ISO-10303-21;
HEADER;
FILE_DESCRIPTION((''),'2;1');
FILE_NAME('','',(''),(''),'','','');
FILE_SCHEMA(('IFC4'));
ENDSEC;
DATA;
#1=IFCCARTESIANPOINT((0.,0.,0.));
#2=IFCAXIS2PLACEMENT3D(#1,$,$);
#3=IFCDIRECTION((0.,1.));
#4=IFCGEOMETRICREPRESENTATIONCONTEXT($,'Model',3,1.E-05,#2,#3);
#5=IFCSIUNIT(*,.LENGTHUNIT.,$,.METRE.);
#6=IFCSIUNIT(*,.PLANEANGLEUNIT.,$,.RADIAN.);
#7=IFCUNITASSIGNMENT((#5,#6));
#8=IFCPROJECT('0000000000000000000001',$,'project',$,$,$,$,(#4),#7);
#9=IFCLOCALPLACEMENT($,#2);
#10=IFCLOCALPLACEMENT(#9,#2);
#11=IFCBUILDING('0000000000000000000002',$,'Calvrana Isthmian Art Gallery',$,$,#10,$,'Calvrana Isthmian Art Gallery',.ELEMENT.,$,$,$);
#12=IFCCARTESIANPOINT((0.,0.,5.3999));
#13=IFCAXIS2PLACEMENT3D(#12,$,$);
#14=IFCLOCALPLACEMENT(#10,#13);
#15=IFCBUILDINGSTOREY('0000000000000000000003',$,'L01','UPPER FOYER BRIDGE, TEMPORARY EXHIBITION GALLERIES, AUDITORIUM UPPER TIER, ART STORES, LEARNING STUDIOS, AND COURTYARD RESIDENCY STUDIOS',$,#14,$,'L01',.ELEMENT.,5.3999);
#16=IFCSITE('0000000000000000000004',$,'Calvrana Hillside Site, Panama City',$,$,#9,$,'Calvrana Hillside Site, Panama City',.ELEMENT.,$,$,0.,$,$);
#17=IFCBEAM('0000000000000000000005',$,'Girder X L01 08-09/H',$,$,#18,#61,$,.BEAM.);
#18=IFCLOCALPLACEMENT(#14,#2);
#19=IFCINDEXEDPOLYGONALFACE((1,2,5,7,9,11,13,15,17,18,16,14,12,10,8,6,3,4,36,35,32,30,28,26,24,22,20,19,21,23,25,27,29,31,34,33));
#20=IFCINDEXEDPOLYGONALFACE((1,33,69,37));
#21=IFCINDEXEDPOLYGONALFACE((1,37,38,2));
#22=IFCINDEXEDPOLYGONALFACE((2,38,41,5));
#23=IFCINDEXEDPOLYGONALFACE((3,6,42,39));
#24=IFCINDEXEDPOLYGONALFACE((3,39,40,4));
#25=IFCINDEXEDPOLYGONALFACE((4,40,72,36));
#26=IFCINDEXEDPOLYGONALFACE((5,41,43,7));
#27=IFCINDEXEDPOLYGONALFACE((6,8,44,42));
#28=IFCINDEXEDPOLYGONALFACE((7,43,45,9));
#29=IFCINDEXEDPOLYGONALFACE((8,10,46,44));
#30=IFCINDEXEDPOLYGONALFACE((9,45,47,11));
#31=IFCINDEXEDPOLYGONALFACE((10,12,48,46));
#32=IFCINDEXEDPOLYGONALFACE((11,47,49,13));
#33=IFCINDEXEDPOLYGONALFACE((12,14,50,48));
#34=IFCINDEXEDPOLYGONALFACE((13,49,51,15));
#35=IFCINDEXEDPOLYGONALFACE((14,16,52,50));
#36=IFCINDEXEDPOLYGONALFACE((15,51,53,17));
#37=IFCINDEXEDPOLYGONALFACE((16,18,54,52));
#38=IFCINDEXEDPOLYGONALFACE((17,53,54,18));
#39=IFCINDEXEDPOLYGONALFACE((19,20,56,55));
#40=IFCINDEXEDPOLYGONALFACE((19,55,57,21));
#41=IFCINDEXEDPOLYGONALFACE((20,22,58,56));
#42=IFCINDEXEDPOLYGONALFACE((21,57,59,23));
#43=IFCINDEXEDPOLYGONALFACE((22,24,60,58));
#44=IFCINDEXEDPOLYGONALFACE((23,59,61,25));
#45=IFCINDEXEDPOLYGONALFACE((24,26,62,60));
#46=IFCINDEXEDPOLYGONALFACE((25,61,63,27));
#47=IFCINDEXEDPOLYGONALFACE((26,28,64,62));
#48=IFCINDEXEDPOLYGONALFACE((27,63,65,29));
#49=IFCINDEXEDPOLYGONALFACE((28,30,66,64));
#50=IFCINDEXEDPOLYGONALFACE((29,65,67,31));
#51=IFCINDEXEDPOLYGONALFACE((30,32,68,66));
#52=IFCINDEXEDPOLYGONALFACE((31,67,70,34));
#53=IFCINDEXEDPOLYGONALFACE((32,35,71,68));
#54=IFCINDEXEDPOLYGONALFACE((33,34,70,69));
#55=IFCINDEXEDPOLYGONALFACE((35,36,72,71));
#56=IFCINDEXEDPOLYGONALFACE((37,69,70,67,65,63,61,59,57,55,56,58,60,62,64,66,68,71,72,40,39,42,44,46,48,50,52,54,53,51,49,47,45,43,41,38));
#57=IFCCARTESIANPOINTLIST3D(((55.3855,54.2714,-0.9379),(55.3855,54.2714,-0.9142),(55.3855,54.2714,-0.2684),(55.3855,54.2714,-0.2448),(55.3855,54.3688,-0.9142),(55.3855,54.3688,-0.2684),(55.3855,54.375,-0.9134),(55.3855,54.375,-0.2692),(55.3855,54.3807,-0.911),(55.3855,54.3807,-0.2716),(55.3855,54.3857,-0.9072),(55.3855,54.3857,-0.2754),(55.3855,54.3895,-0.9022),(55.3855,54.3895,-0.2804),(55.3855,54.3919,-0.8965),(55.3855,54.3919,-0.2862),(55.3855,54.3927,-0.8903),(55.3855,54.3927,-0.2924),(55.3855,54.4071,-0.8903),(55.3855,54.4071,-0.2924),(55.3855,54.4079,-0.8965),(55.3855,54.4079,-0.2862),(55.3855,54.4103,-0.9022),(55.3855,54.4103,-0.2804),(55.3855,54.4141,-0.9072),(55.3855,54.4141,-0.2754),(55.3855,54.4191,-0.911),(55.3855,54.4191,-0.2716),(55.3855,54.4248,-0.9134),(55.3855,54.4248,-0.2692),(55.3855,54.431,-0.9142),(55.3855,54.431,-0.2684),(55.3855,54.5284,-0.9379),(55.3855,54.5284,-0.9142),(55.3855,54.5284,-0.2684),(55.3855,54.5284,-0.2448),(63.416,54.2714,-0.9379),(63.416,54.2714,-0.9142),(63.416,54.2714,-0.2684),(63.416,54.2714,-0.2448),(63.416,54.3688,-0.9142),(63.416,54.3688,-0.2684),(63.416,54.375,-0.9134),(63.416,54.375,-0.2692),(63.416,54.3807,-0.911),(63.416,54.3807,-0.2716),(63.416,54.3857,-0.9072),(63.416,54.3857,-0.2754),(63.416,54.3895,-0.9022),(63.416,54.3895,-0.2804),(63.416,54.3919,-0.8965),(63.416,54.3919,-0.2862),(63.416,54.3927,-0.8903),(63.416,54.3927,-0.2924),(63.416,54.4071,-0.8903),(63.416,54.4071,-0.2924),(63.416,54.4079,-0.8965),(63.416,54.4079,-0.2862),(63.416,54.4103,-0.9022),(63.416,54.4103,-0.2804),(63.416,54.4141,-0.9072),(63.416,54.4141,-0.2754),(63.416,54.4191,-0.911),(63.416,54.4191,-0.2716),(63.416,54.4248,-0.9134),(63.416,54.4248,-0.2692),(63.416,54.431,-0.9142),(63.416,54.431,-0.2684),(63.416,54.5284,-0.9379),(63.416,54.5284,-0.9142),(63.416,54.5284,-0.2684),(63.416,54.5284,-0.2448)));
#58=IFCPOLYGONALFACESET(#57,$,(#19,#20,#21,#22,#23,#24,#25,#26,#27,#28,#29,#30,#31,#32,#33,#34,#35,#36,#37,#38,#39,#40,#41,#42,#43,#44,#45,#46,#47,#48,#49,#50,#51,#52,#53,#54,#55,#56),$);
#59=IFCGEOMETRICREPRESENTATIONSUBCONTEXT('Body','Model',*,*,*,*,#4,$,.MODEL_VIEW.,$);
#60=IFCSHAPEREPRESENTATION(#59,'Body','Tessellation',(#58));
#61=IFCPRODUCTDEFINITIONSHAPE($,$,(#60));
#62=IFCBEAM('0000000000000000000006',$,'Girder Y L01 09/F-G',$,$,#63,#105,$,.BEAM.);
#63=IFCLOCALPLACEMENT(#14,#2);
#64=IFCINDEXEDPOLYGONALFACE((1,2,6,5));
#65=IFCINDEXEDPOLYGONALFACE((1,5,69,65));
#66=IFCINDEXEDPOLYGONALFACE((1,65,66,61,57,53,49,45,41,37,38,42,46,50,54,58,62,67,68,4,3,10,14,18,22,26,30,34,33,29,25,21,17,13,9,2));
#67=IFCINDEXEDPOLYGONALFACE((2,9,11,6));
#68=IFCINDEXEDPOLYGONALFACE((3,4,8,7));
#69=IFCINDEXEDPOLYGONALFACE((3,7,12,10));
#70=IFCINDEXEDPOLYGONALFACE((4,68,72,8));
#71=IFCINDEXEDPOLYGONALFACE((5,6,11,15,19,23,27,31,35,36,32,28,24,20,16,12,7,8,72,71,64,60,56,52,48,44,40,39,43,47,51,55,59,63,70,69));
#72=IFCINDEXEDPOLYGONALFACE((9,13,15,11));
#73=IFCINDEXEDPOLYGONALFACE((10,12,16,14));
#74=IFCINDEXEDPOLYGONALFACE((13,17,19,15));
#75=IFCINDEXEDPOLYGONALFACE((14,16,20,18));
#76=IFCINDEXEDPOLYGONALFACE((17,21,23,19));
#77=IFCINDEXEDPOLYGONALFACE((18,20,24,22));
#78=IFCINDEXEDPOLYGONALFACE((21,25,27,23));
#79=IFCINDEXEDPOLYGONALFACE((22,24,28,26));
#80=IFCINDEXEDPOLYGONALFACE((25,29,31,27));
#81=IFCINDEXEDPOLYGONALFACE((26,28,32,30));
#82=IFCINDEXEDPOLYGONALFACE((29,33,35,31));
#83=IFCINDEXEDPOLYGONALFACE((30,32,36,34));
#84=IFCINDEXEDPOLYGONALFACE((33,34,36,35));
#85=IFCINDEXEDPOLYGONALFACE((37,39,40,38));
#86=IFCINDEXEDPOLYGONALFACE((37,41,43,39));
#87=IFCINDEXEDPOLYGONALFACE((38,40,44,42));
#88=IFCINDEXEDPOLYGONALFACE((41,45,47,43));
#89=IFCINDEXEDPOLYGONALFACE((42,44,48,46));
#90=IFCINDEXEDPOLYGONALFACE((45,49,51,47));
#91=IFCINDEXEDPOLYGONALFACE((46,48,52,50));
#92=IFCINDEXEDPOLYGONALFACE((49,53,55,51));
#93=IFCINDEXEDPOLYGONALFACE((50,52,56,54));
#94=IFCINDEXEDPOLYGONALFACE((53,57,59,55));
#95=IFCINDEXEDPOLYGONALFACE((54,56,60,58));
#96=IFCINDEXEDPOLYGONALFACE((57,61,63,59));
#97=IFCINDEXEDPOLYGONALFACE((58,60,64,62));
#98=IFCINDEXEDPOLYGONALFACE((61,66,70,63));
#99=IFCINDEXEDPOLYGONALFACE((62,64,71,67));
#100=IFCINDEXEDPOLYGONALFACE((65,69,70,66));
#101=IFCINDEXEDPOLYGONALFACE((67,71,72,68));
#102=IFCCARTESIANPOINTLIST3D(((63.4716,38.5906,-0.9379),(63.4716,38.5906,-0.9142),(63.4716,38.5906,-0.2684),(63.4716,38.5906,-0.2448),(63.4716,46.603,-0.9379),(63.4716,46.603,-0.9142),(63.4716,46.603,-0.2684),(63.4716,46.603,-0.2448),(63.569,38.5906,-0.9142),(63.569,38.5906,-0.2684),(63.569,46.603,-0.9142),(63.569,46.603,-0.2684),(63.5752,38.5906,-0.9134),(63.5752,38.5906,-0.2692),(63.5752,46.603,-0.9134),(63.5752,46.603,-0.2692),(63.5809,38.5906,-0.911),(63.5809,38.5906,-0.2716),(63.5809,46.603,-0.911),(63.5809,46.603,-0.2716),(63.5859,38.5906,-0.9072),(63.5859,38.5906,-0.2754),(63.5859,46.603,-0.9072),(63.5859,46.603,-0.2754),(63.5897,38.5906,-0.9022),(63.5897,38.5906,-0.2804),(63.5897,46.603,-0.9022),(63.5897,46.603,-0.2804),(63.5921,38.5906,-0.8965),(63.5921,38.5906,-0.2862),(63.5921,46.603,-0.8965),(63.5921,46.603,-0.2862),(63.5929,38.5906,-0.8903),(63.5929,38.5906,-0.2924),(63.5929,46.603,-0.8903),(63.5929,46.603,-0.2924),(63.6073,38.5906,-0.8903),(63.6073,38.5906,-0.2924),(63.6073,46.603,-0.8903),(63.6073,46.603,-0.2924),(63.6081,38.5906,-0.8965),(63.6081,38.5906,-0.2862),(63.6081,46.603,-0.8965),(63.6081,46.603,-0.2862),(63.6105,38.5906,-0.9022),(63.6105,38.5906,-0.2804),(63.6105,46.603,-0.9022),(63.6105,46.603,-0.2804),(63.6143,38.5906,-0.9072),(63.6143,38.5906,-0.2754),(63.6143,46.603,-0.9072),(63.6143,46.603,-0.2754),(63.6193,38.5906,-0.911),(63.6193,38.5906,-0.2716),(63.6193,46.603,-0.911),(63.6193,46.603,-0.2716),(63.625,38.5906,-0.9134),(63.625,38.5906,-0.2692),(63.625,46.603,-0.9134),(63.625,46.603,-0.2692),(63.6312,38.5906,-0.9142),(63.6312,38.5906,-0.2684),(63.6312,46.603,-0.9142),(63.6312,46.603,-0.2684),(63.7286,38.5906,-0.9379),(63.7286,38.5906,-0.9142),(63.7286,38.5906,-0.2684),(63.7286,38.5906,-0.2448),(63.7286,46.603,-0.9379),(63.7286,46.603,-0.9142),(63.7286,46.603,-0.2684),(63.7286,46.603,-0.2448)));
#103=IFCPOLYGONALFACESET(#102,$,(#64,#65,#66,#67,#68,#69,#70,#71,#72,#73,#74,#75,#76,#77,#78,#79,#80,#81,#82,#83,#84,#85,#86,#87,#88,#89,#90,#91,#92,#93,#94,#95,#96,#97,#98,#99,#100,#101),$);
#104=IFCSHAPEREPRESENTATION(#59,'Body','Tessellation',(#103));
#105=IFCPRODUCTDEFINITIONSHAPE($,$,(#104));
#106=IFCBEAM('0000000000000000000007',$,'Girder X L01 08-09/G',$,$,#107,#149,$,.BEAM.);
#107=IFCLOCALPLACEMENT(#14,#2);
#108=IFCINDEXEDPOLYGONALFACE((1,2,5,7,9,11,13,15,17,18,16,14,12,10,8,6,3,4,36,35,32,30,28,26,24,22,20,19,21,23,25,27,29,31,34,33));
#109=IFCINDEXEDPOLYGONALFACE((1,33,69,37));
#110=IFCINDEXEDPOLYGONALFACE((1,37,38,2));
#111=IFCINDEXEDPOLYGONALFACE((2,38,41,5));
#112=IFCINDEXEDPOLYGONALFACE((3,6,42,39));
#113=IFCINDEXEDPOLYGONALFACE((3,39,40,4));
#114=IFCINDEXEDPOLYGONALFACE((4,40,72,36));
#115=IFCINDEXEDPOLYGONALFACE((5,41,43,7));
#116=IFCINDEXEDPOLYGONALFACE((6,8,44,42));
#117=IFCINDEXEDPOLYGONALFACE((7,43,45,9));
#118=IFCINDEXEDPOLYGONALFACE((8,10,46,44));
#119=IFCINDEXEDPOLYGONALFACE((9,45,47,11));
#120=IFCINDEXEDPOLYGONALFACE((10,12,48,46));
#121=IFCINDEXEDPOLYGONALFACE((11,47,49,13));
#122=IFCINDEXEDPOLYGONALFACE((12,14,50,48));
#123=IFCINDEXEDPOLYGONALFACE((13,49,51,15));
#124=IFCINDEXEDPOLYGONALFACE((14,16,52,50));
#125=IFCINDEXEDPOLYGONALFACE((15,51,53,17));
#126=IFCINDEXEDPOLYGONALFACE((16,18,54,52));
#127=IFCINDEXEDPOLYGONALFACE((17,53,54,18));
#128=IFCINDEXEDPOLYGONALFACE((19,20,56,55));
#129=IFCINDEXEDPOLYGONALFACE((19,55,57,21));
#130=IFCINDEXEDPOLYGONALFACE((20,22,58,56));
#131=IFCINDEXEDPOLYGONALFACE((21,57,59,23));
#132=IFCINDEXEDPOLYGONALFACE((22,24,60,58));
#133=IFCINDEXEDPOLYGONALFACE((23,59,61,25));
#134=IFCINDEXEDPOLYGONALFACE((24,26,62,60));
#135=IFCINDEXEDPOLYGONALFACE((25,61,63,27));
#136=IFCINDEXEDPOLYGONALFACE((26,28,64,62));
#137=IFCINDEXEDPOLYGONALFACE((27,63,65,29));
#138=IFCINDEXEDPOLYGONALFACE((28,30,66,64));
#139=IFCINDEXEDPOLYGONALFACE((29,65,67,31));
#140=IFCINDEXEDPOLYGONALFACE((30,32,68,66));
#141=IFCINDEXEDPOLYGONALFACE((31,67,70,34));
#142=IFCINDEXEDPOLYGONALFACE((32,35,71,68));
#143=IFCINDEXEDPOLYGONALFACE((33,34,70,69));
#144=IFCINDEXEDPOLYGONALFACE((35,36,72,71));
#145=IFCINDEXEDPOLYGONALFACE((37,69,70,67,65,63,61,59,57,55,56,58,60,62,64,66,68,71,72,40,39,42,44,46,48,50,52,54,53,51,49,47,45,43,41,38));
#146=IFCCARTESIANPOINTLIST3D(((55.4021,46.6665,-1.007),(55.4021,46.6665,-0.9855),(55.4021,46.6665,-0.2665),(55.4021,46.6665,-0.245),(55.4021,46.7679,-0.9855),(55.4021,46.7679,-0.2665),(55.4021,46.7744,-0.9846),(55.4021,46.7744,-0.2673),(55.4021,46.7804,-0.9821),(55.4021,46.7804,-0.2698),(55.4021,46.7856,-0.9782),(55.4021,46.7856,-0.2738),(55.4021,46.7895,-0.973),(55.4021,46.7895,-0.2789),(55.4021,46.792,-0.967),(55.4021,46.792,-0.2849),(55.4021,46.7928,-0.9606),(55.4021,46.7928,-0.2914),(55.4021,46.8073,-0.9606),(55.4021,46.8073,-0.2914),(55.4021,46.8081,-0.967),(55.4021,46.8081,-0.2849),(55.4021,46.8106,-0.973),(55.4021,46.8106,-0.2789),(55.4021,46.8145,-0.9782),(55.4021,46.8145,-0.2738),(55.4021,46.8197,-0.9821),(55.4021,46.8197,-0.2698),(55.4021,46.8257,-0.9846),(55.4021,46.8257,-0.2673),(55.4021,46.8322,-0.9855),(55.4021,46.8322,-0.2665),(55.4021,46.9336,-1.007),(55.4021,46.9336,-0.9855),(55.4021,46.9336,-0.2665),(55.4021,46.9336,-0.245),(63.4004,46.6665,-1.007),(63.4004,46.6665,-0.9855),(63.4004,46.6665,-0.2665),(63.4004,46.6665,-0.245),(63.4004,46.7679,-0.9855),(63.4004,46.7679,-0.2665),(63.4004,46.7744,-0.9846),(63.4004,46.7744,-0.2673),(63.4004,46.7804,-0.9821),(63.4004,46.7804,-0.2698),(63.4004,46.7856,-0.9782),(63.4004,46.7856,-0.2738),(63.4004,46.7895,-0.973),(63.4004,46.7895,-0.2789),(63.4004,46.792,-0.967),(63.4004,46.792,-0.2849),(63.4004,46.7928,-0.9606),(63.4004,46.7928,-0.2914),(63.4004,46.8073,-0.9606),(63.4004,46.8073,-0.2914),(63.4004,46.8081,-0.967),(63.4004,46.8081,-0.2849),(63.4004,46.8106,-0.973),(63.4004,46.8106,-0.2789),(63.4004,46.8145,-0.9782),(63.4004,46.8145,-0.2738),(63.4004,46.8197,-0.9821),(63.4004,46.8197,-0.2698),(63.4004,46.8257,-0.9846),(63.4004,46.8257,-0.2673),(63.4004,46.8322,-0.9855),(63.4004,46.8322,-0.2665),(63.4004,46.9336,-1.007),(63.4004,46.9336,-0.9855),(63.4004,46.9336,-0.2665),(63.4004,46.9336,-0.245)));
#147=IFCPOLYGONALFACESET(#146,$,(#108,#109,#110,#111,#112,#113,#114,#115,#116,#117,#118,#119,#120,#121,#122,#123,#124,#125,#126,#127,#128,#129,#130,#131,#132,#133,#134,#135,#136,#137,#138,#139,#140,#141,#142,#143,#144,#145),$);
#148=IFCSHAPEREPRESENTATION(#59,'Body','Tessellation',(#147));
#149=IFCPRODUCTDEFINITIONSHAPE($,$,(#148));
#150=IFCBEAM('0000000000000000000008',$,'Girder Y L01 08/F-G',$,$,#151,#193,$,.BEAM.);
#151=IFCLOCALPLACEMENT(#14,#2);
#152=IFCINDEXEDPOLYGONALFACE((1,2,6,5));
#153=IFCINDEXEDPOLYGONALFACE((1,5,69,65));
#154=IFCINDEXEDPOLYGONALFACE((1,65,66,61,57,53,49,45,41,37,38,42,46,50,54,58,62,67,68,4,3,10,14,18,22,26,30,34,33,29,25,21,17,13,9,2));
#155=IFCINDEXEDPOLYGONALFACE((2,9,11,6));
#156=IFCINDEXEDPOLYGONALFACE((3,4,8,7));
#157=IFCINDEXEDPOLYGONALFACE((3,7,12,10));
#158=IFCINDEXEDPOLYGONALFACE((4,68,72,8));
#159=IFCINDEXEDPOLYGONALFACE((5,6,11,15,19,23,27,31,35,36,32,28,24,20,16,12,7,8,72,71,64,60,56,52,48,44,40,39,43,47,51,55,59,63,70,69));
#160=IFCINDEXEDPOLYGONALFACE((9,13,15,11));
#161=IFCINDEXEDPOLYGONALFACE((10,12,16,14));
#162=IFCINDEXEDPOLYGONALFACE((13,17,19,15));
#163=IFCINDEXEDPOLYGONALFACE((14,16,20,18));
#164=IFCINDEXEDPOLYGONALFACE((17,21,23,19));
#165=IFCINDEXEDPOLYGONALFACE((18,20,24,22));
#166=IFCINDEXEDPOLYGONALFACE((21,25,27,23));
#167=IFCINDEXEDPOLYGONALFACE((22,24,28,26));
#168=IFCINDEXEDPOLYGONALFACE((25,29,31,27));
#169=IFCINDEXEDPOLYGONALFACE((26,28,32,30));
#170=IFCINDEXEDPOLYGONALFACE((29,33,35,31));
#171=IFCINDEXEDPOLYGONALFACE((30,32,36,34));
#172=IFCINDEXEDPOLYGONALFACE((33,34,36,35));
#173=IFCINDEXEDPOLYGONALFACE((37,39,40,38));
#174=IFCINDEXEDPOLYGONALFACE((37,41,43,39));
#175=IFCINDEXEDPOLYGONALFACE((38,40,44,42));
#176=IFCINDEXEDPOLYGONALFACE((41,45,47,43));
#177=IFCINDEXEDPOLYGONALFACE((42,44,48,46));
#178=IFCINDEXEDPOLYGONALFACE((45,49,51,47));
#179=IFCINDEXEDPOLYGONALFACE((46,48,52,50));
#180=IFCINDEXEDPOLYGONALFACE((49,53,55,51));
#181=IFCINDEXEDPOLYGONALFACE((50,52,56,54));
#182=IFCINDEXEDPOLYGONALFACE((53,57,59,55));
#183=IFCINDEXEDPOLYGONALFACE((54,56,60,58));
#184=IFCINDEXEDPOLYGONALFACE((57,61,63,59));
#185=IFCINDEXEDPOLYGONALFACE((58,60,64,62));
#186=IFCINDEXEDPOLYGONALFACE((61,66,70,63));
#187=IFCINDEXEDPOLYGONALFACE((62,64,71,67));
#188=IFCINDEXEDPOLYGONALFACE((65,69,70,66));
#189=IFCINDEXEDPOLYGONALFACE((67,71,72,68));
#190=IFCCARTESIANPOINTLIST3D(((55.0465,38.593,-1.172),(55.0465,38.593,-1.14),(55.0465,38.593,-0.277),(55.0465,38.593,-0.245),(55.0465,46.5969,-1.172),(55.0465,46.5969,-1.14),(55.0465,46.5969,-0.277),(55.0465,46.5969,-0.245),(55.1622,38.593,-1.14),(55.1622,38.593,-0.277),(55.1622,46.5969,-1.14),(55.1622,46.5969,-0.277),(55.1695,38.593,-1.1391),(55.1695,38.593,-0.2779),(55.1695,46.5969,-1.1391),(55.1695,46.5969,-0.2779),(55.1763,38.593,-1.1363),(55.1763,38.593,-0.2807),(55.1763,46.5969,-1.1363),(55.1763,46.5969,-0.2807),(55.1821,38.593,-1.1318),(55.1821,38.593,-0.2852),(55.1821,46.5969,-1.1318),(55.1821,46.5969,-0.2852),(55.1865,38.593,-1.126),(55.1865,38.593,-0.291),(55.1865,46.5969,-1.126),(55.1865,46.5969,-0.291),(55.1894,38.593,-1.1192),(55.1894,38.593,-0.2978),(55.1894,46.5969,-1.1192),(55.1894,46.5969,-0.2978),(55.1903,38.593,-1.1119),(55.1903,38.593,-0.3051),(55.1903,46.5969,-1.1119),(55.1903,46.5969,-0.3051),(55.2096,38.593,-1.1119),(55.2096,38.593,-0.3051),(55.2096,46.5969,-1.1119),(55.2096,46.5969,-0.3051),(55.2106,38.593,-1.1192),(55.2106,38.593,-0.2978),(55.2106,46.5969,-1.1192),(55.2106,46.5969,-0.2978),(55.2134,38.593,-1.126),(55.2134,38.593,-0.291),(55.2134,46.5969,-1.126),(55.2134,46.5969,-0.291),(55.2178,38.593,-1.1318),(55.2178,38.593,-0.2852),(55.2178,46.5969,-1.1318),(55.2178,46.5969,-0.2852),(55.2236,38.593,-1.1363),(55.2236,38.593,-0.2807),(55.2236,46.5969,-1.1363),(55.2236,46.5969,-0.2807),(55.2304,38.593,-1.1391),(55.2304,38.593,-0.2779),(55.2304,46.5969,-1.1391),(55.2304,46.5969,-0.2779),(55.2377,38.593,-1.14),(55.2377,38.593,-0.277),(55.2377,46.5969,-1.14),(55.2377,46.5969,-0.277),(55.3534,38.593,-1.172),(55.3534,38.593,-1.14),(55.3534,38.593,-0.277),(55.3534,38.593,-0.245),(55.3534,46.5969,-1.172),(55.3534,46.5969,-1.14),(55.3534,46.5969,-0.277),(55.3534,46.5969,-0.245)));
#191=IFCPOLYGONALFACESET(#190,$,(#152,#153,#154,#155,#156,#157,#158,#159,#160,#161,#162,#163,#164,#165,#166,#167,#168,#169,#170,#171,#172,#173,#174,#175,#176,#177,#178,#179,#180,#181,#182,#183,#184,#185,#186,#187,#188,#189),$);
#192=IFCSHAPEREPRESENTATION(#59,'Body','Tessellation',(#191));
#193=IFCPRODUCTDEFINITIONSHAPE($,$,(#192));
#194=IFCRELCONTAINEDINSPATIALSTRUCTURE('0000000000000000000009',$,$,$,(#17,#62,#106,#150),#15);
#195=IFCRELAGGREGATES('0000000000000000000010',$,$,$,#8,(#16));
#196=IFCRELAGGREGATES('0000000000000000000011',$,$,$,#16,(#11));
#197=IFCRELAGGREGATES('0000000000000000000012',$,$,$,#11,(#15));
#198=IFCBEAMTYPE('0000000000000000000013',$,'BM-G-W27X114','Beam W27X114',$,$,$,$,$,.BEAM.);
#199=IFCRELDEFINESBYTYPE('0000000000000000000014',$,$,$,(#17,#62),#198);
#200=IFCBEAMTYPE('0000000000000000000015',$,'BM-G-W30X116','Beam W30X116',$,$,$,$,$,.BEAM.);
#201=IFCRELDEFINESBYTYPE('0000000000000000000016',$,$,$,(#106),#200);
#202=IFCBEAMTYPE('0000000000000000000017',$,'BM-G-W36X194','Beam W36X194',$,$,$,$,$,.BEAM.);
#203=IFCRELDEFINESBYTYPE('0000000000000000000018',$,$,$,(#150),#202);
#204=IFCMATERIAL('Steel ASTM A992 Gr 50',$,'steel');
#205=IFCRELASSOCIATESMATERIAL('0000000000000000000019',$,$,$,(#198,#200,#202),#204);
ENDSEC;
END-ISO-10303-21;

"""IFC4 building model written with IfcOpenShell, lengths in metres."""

from ifc_helpers import new_model, si_unit, direction, frame, origin, origin_2d, place, context, subcontext, project, spatial, i_section, extrude, material, material_profile, profile_set, type_object, element, save


model = new_model("IFC4")

# Units and contexts
model_context = context("Model", 3, precision=1e-05, world=origin(), true_north=direction((0.0, 1.0)))
body_context = subcontext(model_context, "Body", "Model", "MODEL_VIEW")
ifc_project = project(units=[si_unit("LENGTHUNIT", "METRE"), si_unit("PLANEANGLEUNIT", "RADIAN")], contexts=[model_context])

# Site, building, storey
site_placement = place(None, origin())
site = spatial("IfcSite", under=ifc_project, at=site_placement, Name="Calvrana Hillside Site, Panama City", LongName="Calvrana Hillside Site, Panama City", CompositionType="ELEMENT", RefElevation=0.0)
building_placement = place(site_placement, origin())
building = spatial("IfcBuilding", under=site, at=building_placement, Name="Calvrana Isthmian Art Gallery", LongName="Calvrana Isthmian Art Gallery", CompositionType="ELEMENT")
storey_placement = place(building_placement, frame((0.0, 0.0, 5.3999)))
storey = spatial("IfcBuildingStorey", under=building, at=storey_placement, Name="L01", Description="UPPER FOYER BRIDGE, TEMPORARY EXHIBITION GALLERIES, AUDITORIUM UPPER TIER, ART STORES, LEARNING STUDIOS, AND COURTYARD RESIDENCY STUDIOS", LongName="L01", CompositionType="ELEMENT", Elevation=5.3999)

# Shared definitions
ifc_material_1 = material(Name="Steel ASTM A992 Gr 50", Category="steel")

# Beams
ifc_material_profile_1 = material_profile(ifc_material_1, i_section(OverallWidth=0.2571, OverallDepth=0.6931, WebThickness=0.0144, FlangeThickness=0.0237, FilletRadius=0.0239, at=origin_2d()), Name="W27X114")
ifc_profile_set_1 = profile_set([ifc_material_profile_1], Name="Steel ASTM A992 Gr 50")
beam_type_1 = type_object("IfcBeamType", Name="BM-G-W27X114", Description="Beam W27X114", PredefinedType="BEAM", material=ifc_profile_set_1)
beam_1_placement = place(storey_placement, frame((55.3855, 54.3999, -0.5913), z_axis=(1.0, 0.0, 0.0), x_axis=(0.0, 1.0, 0.0)))
element("IfcBeam", 1, at=beam_1_placement, inside=storey, type_object=beam_type_1, Name="Girder X L01 08-09/H", PredefinedType="BEAM", context=body_context, shape_type="SweptSolid", body=[
    extrude(i_section(OverallWidth=0.2571, OverallDepth=0.6931, WebThickness=0.0144, FlangeThickness=0.0237, FilletRadius=0.0239, at=origin_2d()), origin(), (0.0, 0.0, 1.0), 8.0305),
])
beam_2_placement = place(storey_placement, frame((63.6001, 38.5906, -0.5913), z_axis=(0.0, 1.0, 0.0), x_axis=(-1.0, 0.0, 0.0)))
element("IfcBeam", 2, at=beam_2_placement, inside=storey, type_object=beam_type_1, Name="Girder Y L01 09/F-G", PredefinedType="BEAM", context=body_context, shape_type="SweptSolid", body=[
    extrude(i_section(OverallWidth=0.2571, OverallDepth=0.6931, WebThickness=0.0144, FlangeThickness=0.0237, FilletRadius=0.0239, at=origin_2d()), origin(), (0.0, 0.0, 1.0), 8.0125),
])
ifc_material_profile_2 = material_profile(ifc_material_1, i_section(OverallWidth=0.2671, OverallDepth=0.762, WebThickness=0.0144, FlangeThickness=0.0215, FilletRadius=0.0249, at=origin_2d()), Name="W30X116")
ifc_profile_set_2 = profile_set([ifc_material_profile_2], Name="Steel ASTM A992 Gr 50")
beam_type_2 = type_object("IfcBeamType", Name="BM-G-W30X116", Description="Beam W30X116", PredefinedType="BEAM", material=ifc_profile_set_2)
beam_3_placement = place(storey_placement, frame((55.4021, 46.8, -0.626), z_axis=(1.0, 0.0, 0.0), x_axis=(0.0, 1.0, 0.0)))
element("IfcBeam", 3, at=beam_3_placement, inside=storey, type_object=beam_type_2, Name="Girder X L01 08-09/G", PredefinedType="BEAM", context=body_context, shape_type="SweptSolid", body=[
    extrude(i_section(OverallWidth=0.2671, OverallDepth=0.762, WebThickness=0.0144, FlangeThickness=0.0215, FilletRadius=0.0249, at=origin_2d()), origin(), (0.0, 0.0, 1.0), 7.9983),
])
ifc_material_profile_3 = material_profile(ifc_material_1, i_section(OverallWidth=0.3069, OverallDepth=0.927, WebThickness=0.0193, FlangeThickness=0.032, FilletRadius=0.0281, at=origin_2d()), Name="W36X194")
ifc_profile_set_3 = profile_set([ifc_material_profile_3], Name="Steel ASTM A992 Gr 50")
beam_type_3 = type_object("IfcBeamType", Name="BM-G-W36X194", Description="Beam W36X194", PredefinedType="BEAM", material=ifc_profile_set_3)
beam_4_placement = place(storey_placement, frame((55.2, 38.593, -0.7085), z_axis=(0.0, 1.0, 0.0), x_axis=(-1.0, 0.0, 0.0)))
element("IfcBeam", 4, at=beam_4_placement, inside=storey, type_object=beam_type_3, Name="Girder Y L01 08/F-G", PredefinedType="BEAM", context=body_context, shape_type="SweptSolid", body=[
    extrude(i_section(OverallWidth=0.3069, OverallDepth=0.927, WebThickness=0.0193, FlangeThickness=0.032, FilletRadius=0.0281, at=origin_2d()), origin(), (0.0, 0.0, 1.0), 8.0039),
])

save(model, "model.ifc")
